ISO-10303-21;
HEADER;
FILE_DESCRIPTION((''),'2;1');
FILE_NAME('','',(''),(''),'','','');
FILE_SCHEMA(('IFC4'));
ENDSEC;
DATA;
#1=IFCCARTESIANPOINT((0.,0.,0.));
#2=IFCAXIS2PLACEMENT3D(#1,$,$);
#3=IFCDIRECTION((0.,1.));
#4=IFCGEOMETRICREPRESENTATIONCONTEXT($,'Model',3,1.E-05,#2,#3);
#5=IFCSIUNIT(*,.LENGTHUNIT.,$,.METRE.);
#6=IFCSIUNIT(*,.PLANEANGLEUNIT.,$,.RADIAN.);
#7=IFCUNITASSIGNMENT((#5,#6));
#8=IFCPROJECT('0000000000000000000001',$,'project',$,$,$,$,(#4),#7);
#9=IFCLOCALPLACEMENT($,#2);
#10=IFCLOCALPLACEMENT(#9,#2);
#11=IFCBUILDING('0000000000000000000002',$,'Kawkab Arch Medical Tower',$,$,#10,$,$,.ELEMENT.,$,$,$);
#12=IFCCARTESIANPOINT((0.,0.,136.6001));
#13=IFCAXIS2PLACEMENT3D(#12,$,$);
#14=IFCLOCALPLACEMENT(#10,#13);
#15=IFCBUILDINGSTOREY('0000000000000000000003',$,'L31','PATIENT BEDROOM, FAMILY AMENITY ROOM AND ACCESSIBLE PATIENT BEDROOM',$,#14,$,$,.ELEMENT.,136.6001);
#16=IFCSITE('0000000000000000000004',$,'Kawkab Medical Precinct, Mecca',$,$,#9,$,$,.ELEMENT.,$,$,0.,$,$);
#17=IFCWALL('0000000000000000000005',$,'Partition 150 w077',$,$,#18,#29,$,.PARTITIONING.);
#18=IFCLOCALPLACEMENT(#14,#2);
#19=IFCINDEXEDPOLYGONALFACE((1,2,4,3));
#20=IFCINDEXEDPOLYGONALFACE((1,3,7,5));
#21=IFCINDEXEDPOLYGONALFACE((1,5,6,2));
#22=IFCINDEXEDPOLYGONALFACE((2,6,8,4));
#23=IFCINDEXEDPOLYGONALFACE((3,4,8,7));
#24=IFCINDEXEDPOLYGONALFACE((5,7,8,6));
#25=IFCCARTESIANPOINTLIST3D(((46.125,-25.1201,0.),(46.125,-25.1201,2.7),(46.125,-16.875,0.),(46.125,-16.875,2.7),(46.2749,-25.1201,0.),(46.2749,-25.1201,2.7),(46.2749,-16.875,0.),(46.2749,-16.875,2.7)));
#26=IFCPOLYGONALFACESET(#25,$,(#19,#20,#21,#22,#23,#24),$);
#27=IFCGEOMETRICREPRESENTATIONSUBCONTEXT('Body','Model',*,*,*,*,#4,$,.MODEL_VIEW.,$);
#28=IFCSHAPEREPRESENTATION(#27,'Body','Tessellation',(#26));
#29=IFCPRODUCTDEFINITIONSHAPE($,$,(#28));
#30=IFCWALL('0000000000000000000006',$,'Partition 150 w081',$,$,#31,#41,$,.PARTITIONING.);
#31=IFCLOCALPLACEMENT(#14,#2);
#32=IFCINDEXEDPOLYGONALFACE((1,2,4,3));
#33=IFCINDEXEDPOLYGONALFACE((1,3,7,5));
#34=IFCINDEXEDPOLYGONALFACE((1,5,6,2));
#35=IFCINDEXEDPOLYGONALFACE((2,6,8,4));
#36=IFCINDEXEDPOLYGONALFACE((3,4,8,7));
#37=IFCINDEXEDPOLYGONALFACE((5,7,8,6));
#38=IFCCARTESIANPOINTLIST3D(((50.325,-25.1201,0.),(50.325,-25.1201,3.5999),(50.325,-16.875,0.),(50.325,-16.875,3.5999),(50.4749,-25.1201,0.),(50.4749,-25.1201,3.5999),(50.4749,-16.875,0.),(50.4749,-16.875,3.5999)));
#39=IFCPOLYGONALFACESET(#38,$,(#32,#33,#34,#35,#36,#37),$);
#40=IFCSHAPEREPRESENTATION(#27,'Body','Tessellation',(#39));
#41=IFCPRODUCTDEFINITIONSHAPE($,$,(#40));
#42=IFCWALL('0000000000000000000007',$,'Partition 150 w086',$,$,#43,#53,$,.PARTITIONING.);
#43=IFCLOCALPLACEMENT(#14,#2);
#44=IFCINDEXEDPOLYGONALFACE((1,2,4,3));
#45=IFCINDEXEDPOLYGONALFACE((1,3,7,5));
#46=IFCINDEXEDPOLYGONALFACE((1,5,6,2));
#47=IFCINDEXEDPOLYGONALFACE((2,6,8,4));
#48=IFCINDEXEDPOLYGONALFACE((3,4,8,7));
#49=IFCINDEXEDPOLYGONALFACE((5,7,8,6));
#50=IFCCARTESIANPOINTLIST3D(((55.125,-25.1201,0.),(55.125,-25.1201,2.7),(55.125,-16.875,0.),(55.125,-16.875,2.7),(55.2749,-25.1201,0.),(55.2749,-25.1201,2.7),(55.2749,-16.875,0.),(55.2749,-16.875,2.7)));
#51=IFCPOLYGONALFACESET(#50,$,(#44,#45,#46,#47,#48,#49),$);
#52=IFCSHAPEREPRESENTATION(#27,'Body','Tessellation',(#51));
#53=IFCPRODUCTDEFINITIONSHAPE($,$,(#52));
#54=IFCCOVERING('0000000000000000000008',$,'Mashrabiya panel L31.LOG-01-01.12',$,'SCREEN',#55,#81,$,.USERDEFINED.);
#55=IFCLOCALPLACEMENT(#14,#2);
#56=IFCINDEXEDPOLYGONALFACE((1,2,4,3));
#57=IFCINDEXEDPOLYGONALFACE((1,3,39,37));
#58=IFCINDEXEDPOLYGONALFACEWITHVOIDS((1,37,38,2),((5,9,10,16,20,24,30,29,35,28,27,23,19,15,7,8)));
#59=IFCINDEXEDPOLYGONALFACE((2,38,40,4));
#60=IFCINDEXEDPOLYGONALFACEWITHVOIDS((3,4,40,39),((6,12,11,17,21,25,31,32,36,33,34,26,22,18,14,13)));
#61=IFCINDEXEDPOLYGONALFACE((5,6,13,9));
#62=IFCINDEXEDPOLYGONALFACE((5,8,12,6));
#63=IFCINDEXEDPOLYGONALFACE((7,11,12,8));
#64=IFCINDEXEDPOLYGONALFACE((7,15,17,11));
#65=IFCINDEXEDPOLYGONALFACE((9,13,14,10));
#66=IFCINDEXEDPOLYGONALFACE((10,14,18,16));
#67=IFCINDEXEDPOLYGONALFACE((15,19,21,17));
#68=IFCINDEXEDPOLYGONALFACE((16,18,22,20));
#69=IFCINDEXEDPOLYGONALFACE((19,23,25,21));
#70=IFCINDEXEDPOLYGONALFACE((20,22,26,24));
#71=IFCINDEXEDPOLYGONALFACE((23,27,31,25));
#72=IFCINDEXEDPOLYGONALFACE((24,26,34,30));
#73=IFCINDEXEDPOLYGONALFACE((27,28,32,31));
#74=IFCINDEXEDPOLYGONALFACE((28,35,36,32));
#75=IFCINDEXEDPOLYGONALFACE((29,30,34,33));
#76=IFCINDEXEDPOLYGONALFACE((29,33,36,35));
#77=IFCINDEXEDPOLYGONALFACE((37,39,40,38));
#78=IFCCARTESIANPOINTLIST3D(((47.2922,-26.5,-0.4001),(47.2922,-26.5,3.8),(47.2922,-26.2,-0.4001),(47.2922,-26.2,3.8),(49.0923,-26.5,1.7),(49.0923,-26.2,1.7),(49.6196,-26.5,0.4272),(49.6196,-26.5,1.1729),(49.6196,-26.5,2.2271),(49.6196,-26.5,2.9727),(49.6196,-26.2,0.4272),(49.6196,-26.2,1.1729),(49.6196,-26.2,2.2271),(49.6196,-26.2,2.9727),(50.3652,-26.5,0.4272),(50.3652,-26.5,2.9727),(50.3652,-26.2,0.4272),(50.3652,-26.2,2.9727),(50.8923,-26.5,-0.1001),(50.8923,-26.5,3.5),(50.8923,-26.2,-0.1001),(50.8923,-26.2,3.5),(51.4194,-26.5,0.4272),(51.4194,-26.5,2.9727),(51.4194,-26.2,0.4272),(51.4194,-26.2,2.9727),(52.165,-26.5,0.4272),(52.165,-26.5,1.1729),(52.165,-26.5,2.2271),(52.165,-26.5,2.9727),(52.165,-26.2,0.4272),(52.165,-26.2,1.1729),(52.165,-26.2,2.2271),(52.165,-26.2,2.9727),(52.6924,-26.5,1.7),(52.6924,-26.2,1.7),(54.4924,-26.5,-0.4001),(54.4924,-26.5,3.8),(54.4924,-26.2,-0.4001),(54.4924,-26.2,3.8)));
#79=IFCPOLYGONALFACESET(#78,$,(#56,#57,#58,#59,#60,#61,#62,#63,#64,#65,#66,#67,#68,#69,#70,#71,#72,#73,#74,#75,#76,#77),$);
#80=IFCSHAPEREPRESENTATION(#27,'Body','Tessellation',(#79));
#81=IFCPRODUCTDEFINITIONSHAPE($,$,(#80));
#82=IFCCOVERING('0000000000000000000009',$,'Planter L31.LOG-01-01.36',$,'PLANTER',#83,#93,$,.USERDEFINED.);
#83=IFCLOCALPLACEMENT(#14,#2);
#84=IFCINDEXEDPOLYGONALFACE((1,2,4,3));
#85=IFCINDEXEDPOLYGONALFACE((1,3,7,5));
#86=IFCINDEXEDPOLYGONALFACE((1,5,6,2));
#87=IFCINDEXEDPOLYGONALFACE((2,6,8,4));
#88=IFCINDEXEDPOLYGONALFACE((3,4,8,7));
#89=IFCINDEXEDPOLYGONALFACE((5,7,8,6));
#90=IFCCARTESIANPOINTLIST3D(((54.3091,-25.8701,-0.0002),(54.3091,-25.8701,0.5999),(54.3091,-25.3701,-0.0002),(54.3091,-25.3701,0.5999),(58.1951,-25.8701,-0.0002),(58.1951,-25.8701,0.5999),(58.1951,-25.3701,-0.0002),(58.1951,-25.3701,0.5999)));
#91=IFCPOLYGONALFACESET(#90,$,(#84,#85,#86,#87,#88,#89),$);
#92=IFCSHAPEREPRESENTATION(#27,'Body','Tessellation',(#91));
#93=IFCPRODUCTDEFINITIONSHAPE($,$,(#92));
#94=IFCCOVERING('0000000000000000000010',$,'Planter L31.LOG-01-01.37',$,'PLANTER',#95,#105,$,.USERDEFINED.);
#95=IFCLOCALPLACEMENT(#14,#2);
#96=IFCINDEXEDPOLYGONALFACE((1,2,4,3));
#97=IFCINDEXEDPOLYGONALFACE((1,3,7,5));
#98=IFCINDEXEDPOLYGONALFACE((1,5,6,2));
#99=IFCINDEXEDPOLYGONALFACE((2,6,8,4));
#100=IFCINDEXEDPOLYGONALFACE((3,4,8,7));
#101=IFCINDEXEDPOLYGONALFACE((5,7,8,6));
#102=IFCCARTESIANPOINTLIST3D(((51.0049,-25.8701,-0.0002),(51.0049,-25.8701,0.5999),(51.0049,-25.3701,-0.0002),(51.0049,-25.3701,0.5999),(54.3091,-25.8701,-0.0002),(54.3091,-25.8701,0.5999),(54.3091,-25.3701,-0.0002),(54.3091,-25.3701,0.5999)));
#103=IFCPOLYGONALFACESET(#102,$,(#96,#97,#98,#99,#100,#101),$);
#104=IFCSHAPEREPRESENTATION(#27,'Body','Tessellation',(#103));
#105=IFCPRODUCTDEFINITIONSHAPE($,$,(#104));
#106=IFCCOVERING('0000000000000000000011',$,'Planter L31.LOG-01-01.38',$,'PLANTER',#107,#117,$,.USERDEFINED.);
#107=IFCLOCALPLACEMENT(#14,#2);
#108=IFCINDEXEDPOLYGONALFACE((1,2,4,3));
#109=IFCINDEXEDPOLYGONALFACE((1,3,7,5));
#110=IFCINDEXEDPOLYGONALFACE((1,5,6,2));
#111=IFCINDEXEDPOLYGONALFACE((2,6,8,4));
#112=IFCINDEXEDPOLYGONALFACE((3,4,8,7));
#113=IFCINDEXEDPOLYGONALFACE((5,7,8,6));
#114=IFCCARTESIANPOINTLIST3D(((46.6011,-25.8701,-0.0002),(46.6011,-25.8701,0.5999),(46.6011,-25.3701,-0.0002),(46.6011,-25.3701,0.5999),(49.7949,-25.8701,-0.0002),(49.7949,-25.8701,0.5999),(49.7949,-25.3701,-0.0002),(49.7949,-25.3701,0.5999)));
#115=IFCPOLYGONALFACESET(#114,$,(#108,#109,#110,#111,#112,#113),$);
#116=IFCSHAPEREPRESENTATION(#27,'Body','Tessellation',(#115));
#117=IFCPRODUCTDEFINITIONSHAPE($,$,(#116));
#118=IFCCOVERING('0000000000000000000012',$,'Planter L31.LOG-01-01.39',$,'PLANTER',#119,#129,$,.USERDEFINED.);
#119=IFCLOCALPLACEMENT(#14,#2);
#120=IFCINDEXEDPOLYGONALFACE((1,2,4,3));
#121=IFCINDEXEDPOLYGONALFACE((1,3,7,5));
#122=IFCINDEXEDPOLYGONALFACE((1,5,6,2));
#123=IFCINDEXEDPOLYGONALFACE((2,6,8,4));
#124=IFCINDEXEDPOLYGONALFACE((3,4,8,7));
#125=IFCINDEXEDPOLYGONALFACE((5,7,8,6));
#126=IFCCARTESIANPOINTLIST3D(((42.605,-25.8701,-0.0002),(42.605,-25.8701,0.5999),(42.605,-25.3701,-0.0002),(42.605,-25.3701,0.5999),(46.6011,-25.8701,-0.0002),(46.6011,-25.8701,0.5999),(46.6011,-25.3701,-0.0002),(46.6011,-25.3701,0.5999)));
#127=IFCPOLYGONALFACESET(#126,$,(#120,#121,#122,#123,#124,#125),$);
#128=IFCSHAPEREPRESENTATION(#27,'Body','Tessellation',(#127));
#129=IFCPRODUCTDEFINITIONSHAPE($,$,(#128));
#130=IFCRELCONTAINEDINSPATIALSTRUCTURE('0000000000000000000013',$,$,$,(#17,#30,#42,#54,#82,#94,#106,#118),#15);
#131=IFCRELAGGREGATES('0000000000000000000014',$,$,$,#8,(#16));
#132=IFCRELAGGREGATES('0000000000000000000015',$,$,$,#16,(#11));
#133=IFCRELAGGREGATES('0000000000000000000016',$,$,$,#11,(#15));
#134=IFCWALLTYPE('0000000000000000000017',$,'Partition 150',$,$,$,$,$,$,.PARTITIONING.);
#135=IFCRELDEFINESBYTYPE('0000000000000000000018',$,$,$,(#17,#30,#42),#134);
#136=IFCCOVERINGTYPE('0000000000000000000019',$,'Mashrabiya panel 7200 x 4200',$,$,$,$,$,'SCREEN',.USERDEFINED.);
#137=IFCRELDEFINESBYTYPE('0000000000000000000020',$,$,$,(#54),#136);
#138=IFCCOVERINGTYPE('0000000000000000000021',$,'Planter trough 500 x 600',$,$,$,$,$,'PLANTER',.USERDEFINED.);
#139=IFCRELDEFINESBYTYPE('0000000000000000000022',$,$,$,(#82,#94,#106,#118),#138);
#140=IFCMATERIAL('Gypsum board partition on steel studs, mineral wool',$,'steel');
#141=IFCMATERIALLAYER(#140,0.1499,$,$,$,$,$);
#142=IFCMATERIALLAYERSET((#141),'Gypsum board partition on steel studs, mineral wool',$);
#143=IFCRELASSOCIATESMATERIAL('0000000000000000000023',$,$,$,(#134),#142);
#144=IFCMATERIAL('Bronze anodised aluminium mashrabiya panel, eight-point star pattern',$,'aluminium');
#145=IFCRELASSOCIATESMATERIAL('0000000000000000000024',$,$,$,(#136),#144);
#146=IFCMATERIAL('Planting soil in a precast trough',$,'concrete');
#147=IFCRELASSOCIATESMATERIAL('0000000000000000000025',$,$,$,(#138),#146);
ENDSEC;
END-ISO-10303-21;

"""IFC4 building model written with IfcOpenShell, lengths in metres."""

from ifc_helpers import new_model, si_unit, direction, frame, frame_2d, origin, origin_2d, place, context, subcontext, project, spatial, polyline, rectangle, outline, extrude, material, layer, layer_set, material_profile, profile_set, type_object, element, save


model = new_model("IFC4")

# Units and contexts
model_context = context("Model", 3, precision=1e-05, world=origin(), true_north=direction((0.0, 1.0)))
body_context = subcontext(model_context, "Body", "Model", "MODEL_VIEW")
ifc_project = project(units=[si_unit("LENGTHUNIT", "METRE"), si_unit("PLANEANGLEUNIT", "RADIAN")], contexts=[model_context])

# Site, building, storey
site_placement = place(None, origin())
site = spatial("IfcSite", under=ifc_project, at=site_placement, Name="Kawkab Medical Precinct, Mecca", CompositionType="ELEMENT", RefElevation=0.0)
building_placement = place(site_placement, origin())
building = spatial("IfcBuilding", under=site, at=building_placement, Name="Kawkab Arch Medical Tower", CompositionType="ELEMENT")
storey_placement = place(building_placement, frame((0.0, 0.0, 136.6001)))
storey = spatial("IfcBuildingStorey", under=building, at=storey_placement, Name="L31", Description="PATIENT BEDROOM, FAMILY AMENITY ROOM AND ACCESSIBLE PATIENT BEDROOM", CompositionType="ELEMENT", Elevation=136.6001)

# Walls
ifc_material_1 = material(Name="Gypsum board partition on steel studs, mineral wool", Category="steel")
ifc_layer_1 = layer(ifc_material_1, 0.1499)
ifc_layer_set_1 = layer_set([ifc_layer_1], Name="Gypsum board partition on steel studs, mineral wool")
wall_type_1 = type_object("IfcWallType", Name="Partition 150", PredefinedType="PARTITIONING", material=ifc_layer_set_1)
wall_1_placement = place(storey_placement, frame((46.2, -25.1201, 0.0), z_axis=(0.0, 0.0, 1.0), x_axis=(0.0, 1.0, 0.0)))
element("IfcWall", 1, at=wall_1_placement, inside=storey, type_object=wall_type_1, Name="Partition 150 w077", PredefinedType="PARTITIONING", context=body_context, shape_type="SweptSolid", body=[
    extrude(rectangle(XDim=8.2451, YDim=0.1499, at=frame_2d((4.1226, 0.0))), origin(), (0.0, 0.0, 1.0), 2.7),
])
wall_2_placement = place(storey_placement, frame((50.3999, -25.1201, 0.0), z_axis=(0.0, 0.0, 1.0), x_axis=(0.0, 1.0, 0.0)))
element("IfcWall", 2, at=wall_2_placement, inside=storey, type_object=wall_type_1, Name="Partition 150 w081", PredefinedType="PARTITIONING", context=body_context, shape_type="SweptSolid", body=[
    extrude(rectangle(XDim=8.2451, YDim=0.1499, at=frame_2d((4.1226, 0.0))), origin(), (0.0, 0.0, 1.0), 3.5999),
])
wall_3_placement = place(storey_placement, frame((55.2, -25.1201, 0.0), z_axis=(0.0, 0.0, 1.0), x_axis=(0.0, 1.0, 0.0)))
element("IfcWall", 3, at=wall_3_placement, inside=storey, type_object=wall_type_1, Name="Partition 150 w086", PredefinedType="PARTITIONING", context=body_context, shape_type="SweptSolid", body=[
    extrude(rectangle(XDim=8.2451, YDim=0.1499, at=frame_2d((4.1226, 0.0))), origin(), (0.0, 0.0, 1.0), 2.7),
])

# Coverings
ifc_material_2 = material(Name="Bronze anodised aluminium mashrabiya panel, eight-point star pattern", Category="aluminium")
ifc_material_profile_1 = material_profile(ifc_material_2, outline(polyline([(-3.6001, -2.1001), (3.6001, -2.1001), (3.6001, 2.1001), (-3.6001, 2.1001), (-3.6001, -2.1001)]), holes=[polyline([(1.8, 0.0), (1.2727, 0.5271), (1.2727, 1.2727), (0.5271, 1.2727), (0.0, 1.8), (-0.5271, 1.2727), (-1.2727, 1.2727), (-1.2727, 0.5271), (-1.8, 0.0), (-1.2727, -0.5271), (-1.2727, -1.2727), (-0.5271, -1.2727), (0.0, -1.8), (0.5271, -1.2727), (1.2727, -1.2727), (1.2727, -0.5271), (1.8, 0.0)])]), Name="Mashrabiya panel 7200x4200")
ifc_profile_set_1 = profile_set([ifc_material_profile_1], Name="Bronze anodised aluminium mashrabiya panel, eight-point star pattern")
covering_type_1 = type_object("IfcCoveringType", Name="Mashrabiya panel 7200 x 4200", ElementType="SCREEN", PredefinedType="USERDEFINED", material=ifc_profile_set_1)
covering_1_placement = place(storey_placement, frame((50.8923, -26.2, 1.7), z_axis=(0.0, -1.0, 0.0), x_axis=(1.0, 0.0, 0.0)))
element("IfcCovering", 4, at=covering_1_placement, inside=storey, type_object=covering_type_1, Name="Mashrabiya panel L31.LOG-01-01.12", ObjectType="SCREEN", PredefinedType="USERDEFINED", context=body_context, shape_type="SweptSolid", body=[
    extrude(outline(polyline([(-3.6001, -2.1001), (3.6001, -2.1001), (3.6001, 2.1001), (-3.6001, 2.1001), (-3.6001, -2.1001)]), holes=[polyline([(1.8, 0.0), (1.2727, 0.5271), (1.2727, 1.2727), (0.5271, 1.2727), (0.0, 1.8), (-0.5271, 1.2727), (-1.2727, 1.2727), (-1.2727, 0.5271), (-1.8, 0.0), (-1.2727, -0.5271), (-1.2727, -1.2727), (-0.5271, -1.2727), (0.0, -1.8), (0.5271, -1.2727), (1.2727, -1.2727), (1.2727, -0.5271), (1.8, 0.0)])]), origin(), (0.0, 0.0, 1.0), 0.3),
])
ifc_material_3 = material(Name="Planting soil in a precast trough", Category="concrete")
ifc_material_profile_2 = material_profile(ifc_material_3, rectangle(XDim=0.5, YDim=0.6001, at=origin_2d()), Name="Trough 500x600")
ifc_profile_set_2 = profile_set([ifc_material_profile_2], Name="Planting soil in a precast trough")
covering_type_2 = type_object("IfcCoveringType", Name="Planter trough 500 x 600", ElementType="PLANTER", PredefinedType="USERDEFINED", material=ifc_profile_set_2)
covering_2_placement = place(storey_placement, frame((58.1951, -25.6201, 0.2998), z_axis=(-1.0, 0.0, 0.0), x_axis=(0.0, -1.0, 0.0)))
element("IfcCovering", 5, at=covering_2_placement, inside=storey, type_object=covering_type_2, Name="Planter L31.LOG-01-01.36", ObjectType="PLANTER", PredefinedType="USERDEFINED", context=body_context, shape_type="SweptSolid", body=[
    extrude(rectangle(XDim=0.5, YDim=0.6001, at=origin_2d()), origin(), (0.0, 0.0, 1.0), 3.886),
])
covering_3_placement = place(storey_placement, frame((54.3091, -25.6201, 0.2998), z_axis=(-1.0, 0.0, 0.0), x_axis=(0.0, -1.0, 0.0)))
element("IfcCovering", 6, at=covering_3_placement, inside=storey, type_object=covering_type_2, Name="Planter L31.LOG-01-01.37", ObjectType="PLANTER", PredefinedType="USERDEFINED", context=body_context, shape_type="SweptSolid", body=[
    extrude(rectangle(XDim=0.5, YDim=0.6001, at=origin_2d()), origin(), (0.0, 0.0, 1.0), 3.3042),
])
covering_4_placement = place(storey_placement, frame((49.7949, -25.6201, 0.2998), z_axis=(-1.0, 0.0, 0.0), x_axis=(0.0, -1.0, 0.0)))
element("IfcCovering", 7, at=covering_4_placement, inside=storey, type_object=covering_type_2, Name="Planter L31.LOG-01-01.38", ObjectType="PLANTER", PredefinedType="USERDEFINED", context=body_context, shape_type="SweptSolid", body=[
    extrude(rectangle(XDim=0.5, YDim=0.6001, at=origin_2d()), origin(), (0.0, 0.0, 1.0), 3.1938),
])
covering_5_placement = place(storey_placement, frame((46.6011, -25.6201, 0.2998), z_axis=(-1.0, 0.0, 0.0), x_axis=(0.0, -1.0, 0.0)))
element("IfcCovering", 8, at=covering_5_placement, inside=storey, type_object=covering_type_2, Name="Planter L31.LOG-01-01.39", ObjectType="PLANTER", PredefinedType="USERDEFINED", context=body_context, shape_type="SweptSolid", body=[
    extrude(rectangle(XDim=0.5, YDim=0.6001, at=origin_2d()), origin(), (0.0, 0.0, 1.0), 3.9961),
])

save(model, "model.ifc")
